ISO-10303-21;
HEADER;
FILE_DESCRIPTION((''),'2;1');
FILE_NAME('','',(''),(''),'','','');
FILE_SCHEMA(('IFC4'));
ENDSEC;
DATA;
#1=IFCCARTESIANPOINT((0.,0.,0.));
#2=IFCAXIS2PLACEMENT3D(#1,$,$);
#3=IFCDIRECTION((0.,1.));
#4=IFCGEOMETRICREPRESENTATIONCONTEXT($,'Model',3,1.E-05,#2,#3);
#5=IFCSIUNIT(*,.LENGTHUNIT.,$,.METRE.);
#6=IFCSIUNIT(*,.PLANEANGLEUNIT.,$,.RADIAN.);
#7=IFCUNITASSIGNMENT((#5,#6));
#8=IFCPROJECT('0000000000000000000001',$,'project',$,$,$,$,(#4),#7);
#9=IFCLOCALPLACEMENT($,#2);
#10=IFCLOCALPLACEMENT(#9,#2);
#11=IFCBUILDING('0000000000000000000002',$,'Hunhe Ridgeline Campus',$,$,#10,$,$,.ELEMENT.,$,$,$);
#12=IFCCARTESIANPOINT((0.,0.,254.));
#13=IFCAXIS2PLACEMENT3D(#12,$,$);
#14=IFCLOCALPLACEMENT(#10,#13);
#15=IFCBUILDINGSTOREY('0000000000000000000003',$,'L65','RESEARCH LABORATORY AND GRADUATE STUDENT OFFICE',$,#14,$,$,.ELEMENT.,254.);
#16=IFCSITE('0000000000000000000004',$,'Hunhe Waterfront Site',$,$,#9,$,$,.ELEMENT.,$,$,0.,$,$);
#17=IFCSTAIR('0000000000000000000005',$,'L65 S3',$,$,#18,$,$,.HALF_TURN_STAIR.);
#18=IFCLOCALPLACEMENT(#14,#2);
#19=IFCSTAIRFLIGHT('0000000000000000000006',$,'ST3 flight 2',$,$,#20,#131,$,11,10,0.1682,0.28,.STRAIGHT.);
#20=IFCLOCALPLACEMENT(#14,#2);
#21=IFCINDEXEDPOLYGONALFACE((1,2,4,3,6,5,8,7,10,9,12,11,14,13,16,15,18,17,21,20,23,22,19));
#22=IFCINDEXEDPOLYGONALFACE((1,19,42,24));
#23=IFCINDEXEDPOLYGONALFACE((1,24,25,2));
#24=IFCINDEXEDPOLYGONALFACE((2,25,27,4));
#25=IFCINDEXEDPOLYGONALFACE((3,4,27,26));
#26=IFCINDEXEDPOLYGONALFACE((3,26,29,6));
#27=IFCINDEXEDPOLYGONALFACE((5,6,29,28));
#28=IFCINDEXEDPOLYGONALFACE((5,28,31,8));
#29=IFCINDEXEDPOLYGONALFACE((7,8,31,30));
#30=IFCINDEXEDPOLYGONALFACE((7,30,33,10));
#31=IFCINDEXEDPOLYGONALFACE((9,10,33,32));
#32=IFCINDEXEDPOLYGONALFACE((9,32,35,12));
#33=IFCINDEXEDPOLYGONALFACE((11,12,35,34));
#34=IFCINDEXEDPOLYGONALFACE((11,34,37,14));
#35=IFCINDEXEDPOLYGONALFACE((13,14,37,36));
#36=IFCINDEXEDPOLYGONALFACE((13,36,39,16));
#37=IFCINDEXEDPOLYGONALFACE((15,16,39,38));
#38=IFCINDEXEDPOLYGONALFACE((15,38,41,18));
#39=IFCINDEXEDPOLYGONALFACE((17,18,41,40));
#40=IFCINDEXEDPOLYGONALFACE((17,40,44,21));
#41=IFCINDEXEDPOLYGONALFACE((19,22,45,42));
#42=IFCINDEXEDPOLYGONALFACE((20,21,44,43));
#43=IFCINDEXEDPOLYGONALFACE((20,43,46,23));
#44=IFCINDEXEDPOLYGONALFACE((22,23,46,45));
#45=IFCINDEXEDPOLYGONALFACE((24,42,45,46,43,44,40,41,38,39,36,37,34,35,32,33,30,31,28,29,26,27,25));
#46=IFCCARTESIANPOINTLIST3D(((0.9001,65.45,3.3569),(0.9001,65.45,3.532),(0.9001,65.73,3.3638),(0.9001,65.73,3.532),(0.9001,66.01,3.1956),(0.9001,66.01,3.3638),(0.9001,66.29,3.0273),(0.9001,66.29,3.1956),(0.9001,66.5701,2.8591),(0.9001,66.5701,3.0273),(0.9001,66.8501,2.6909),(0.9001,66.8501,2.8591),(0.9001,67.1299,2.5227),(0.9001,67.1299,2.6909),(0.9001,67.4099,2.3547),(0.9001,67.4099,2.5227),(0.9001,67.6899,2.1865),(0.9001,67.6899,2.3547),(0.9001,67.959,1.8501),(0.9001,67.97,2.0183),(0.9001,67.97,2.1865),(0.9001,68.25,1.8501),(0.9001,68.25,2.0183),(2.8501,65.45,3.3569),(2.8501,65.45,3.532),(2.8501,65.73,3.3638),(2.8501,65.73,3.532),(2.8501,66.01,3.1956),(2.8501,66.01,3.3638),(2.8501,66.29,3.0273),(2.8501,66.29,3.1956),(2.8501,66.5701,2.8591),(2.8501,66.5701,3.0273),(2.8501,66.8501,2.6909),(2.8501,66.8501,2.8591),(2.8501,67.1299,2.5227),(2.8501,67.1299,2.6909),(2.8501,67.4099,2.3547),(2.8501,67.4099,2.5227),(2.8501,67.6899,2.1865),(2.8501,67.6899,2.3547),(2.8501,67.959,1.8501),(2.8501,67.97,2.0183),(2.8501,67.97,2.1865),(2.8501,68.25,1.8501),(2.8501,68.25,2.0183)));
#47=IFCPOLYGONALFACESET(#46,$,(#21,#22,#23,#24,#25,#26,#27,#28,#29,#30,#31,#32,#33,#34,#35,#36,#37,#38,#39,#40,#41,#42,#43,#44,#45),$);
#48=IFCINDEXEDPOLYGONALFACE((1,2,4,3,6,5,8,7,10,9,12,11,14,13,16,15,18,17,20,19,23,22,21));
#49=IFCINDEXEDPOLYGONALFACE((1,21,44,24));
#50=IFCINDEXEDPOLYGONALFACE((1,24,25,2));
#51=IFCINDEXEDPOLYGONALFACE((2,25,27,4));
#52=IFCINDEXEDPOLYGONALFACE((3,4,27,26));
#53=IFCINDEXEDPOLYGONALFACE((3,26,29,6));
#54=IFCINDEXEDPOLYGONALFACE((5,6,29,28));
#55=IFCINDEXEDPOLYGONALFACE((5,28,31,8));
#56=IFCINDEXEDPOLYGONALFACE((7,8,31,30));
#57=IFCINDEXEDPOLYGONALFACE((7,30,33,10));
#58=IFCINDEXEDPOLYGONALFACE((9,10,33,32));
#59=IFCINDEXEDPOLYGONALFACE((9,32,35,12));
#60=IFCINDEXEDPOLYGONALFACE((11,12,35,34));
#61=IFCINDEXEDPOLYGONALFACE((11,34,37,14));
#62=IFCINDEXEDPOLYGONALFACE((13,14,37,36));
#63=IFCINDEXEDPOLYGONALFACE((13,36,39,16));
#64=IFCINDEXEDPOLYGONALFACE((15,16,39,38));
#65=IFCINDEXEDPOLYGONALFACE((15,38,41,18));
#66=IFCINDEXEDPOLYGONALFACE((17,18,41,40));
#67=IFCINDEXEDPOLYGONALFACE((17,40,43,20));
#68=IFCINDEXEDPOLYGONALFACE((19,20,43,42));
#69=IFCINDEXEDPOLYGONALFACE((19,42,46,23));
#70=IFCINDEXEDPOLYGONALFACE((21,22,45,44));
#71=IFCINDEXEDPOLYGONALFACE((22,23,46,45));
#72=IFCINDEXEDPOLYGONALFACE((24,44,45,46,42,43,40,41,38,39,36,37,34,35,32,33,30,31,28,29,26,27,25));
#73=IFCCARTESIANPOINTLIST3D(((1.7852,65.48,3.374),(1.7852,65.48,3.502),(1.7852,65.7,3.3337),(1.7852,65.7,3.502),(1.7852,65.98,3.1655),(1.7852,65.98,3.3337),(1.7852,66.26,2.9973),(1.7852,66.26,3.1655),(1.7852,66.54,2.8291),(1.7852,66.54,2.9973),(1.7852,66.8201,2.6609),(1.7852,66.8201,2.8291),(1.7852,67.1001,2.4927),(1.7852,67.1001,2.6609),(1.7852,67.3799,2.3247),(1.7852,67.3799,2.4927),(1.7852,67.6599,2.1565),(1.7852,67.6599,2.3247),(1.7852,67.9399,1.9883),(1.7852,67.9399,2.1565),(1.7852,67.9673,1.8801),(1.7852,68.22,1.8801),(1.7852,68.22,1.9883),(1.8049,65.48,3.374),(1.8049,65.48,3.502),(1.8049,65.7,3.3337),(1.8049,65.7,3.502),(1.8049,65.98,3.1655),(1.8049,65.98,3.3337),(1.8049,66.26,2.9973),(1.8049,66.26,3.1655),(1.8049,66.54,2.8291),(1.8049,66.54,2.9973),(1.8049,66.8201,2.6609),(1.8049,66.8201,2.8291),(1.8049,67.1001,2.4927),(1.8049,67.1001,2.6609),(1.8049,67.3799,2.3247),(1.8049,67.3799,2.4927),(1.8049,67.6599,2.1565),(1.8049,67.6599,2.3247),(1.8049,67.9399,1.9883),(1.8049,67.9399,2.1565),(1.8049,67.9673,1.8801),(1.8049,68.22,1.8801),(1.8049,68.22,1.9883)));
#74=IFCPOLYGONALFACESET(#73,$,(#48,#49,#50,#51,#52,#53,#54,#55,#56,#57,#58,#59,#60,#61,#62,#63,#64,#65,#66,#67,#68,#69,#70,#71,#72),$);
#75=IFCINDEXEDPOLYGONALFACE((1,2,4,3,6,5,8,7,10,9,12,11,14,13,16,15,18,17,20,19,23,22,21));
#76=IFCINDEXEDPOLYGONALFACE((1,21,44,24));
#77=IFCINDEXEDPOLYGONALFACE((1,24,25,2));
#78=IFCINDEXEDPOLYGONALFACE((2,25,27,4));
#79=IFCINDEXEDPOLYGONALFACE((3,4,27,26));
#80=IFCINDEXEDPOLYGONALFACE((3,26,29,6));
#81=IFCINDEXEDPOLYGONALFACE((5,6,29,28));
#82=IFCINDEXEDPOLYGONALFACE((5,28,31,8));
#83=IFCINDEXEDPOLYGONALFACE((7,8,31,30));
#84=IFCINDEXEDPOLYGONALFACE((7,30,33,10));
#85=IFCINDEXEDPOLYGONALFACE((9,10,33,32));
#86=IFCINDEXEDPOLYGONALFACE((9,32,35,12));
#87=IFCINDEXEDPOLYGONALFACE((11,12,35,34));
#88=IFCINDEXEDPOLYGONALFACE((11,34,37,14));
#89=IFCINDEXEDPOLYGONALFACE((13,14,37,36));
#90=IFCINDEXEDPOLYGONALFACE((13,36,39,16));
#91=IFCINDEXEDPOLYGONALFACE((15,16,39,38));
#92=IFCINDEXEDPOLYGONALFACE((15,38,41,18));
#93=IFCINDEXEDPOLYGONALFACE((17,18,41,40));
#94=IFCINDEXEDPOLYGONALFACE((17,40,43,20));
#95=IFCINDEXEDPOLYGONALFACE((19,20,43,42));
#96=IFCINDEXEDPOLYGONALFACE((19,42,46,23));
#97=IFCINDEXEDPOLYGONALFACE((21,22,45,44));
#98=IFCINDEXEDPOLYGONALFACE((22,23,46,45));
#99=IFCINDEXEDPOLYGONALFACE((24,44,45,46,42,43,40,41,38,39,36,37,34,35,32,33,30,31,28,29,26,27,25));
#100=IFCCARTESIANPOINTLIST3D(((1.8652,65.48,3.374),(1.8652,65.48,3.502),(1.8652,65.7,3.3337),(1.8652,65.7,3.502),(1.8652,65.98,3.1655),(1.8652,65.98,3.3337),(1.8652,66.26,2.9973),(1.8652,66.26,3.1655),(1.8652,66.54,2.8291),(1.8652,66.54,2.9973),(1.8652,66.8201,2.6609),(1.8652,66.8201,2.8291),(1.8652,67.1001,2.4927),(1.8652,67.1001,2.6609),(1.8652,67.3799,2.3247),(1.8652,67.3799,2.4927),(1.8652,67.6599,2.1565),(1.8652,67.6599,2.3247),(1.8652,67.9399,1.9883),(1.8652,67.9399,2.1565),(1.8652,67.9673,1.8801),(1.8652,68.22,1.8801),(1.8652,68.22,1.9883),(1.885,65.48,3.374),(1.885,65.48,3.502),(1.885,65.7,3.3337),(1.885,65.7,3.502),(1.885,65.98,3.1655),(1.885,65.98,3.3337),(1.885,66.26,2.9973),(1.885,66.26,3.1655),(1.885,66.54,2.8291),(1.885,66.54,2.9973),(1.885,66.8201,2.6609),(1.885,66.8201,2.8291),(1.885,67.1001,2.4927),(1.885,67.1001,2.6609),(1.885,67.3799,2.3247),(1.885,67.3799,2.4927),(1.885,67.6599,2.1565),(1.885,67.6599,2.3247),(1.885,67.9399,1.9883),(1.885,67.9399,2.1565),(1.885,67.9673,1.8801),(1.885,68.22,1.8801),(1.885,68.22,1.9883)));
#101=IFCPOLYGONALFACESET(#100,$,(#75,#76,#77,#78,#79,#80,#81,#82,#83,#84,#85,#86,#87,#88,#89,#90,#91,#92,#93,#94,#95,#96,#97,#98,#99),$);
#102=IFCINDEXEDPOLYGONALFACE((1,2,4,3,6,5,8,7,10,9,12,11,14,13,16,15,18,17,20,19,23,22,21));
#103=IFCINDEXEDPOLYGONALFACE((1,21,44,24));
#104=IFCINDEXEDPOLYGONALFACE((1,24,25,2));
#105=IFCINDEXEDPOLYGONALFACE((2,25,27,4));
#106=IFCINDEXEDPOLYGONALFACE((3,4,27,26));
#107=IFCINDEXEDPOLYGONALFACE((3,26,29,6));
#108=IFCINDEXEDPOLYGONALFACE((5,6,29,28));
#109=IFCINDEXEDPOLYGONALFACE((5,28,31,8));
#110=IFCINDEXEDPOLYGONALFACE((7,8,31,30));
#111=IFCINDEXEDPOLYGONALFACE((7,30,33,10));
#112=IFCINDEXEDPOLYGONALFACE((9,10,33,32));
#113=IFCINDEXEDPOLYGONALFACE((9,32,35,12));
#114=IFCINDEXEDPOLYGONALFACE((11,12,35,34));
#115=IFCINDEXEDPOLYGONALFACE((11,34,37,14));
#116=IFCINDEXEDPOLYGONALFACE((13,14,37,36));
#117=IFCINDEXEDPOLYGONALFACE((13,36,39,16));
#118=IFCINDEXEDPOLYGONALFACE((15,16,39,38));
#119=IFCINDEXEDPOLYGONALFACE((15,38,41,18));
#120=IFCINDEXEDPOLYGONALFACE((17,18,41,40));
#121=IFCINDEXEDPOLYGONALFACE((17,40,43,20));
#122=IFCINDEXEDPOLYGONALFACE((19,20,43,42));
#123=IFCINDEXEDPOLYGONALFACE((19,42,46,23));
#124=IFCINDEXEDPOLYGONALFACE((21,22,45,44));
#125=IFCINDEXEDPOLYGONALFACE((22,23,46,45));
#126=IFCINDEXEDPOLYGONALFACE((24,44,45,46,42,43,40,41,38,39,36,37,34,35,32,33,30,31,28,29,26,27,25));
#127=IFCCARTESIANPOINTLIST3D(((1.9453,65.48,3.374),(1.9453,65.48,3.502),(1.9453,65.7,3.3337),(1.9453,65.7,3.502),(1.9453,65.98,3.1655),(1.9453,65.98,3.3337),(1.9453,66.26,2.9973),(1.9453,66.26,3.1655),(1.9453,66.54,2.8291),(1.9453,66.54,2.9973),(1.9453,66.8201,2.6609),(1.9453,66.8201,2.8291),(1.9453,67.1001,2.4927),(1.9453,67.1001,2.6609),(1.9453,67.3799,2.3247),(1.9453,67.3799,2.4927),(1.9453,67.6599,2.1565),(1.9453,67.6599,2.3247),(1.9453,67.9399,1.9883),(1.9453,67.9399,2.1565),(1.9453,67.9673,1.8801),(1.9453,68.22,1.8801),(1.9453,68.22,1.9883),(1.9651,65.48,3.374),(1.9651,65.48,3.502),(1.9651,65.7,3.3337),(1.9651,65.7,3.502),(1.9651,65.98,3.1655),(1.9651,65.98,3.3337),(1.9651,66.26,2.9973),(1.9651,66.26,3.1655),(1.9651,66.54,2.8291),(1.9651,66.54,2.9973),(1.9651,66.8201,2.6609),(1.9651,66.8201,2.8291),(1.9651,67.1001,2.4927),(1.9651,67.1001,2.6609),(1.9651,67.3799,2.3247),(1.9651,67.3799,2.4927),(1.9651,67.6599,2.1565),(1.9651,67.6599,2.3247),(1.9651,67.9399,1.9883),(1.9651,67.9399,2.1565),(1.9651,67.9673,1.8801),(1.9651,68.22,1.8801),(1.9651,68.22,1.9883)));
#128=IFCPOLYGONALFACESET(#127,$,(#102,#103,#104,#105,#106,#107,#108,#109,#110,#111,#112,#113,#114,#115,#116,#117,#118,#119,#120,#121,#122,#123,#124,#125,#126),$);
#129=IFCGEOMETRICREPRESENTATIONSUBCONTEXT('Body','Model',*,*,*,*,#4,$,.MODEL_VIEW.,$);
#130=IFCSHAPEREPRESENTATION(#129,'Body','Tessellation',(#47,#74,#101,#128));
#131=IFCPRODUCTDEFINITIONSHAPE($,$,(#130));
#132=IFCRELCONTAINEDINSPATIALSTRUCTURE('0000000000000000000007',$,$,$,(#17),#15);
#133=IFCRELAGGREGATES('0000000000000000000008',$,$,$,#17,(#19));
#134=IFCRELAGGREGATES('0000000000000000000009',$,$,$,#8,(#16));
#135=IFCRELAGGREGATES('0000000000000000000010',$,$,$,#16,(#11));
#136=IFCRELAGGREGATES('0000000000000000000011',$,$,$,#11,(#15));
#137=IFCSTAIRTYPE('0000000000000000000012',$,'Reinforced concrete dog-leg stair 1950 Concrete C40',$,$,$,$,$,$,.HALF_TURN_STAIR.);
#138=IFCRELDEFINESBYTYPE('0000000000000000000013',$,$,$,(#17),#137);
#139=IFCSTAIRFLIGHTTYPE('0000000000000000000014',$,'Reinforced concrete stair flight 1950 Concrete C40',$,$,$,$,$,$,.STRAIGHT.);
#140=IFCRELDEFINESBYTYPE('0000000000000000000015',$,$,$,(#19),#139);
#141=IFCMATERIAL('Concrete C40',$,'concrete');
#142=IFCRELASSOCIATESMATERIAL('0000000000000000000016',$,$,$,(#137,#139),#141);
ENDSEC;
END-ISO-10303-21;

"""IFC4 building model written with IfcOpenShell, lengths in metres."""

from ifc_helpers import new_model, si_unit, direction, frame, origin, place, context, subcontext, project, spatial, polyline, outline, extrude, material, type_object, element, aggregate, save


model = new_model("IFC4")

# Units and contexts
model_context = context("Model", 3, precision=1e-05, world=origin(), true_north=direction((0.0, 1.0)))
body_context = subcontext(model_context, "Body", "Model", "MODEL_VIEW")
ifc_project = project(units=[si_unit("LENGTHUNIT", "METRE"), si_unit("PLANEANGLEUNIT", "RADIAN")], contexts=[model_context])

# Site, building, storey
site_placement = place(None, origin())
site = spatial("IfcSite", under=ifc_project, at=site_placement, Name="Hunhe Waterfront Site", CompositionType="ELEMENT", RefElevation=0.0)
building_placement = place(site_placement, origin())
building = spatial("IfcBuilding", under=site, at=building_placement, Name="Hunhe Ridgeline Campus", CompositionType="ELEMENT")
storey_placement = place(building_placement, frame((0.0, 0.0, 254.0)))
storey = spatial("IfcBuildingStorey", under=building, at=storey_placement, Name="L65", Description="RESEARCH LABORATORY AND GRADUATE STUDENT OFFICE", CompositionType="ELEMENT", Elevation=254.0)

# Stair, stair flight
ifc_material_1 = material(Name="Concrete C40", Category="concrete")
stair_type = type_object("IfcStairType", Name="Reinforced concrete dog-leg stair 1950 Concrete C40", PredefinedType="HALF_TURN_STAIR", material=ifc_material_1)
stair_1_placement = place(storey_placement, origin())
stair_1 = element("IfcStair", 1, at=stair_1_placement, inside=storey, type_object=stair_type, Name="L65 S3", PredefinedType="HALF_TURN_STAIR")
stair_flight_type = type_object("IfcStairFlightType", Name="Reinforced concrete stair flight 1950 Concrete C40", PredefinedType="STRAIGHT", material=ifc_material_1)
stair_flight_1_placement = place(storey_placement, frame((1.875, 68.25, 1.8501), z_axis=(0.0, 0.0, 1.0), x_axis=(0.0, -1.0, 0.0)))
stair_flight_1 = element("IfcStairFlight", 2, at=stair_flight_1_placement, type_object=stair_flight_type, Name="ST3 flight 2", NumberOfRisers=11, NumberOfTreads=10, PredefinedType="STRAIGHT", RiserHeight=0.1682, TreadLength=0.28, context=body_context, shape_type="SweptSolid", body=[
    extrude(outline(polyline([(0.0, 0.0), (0.0, 0.1682), (0.28, 0.1682), (0.28, 0.3364), (0.5601, 0.3364), (0.5601, 0.5046), (0.8401, 0.5046), (0.8401, 0.6726), (1.1201, 0.6726), (1.1201, 0.8408), (1.3999, 0.8408), (1.3999, 1.009), (1.6799, 1.009), (1.6799, 1.1772), (1.96, 1.1772), (1.96, 1.3455), (2.24, 1.3455), (2.24, 1.5137), (2.52, 1.5137), (2.52, 1.6819), (2.8, 1.6819), (2.8, 1.8501), (2.8, 1.5068), (0.291, 0.0), (0.0, 0.0)])), frame((0.0, 0.9751, 0.0), z_axis=(0.0, -1.0, 0.0), x_axis=(1.0, 0.0, 0.0)), (0.0, 0.0, 1.0), 1.95),
    extrude(outline(polyline([(0.03, 0.03), (0.03, 0.1382), (0.3101, 0.1382), (0.3101, 0.3064), (0.5901, 0.3064), (0.5901, 0.4746), (0.8701, 0.4746), (0.8701, 0.6426), (1.1499, 0.6426), (1.1499, 0.8108), (1.4299, 0.8108), (1.4299, 0.979), (1.71, 0.979), (1.71, 1.1472), (1.99, 1.1472), (1.99, 1.3154), (2.27, 1.3154), (2.27, 1.4836), (2.55, 1.4836), (2.55, 1.6519), (2.77, 1.6519), (2.77, 1.5239), (0.2827, 0.03), (0.03, 0.03)])), frame((0.0, -0.0701, 0.0), z_axis=(0.0, -1.0, 0.0), x_axis=(1.0, 0.0, 0.0)), (0.0, 0.0, 1.0), 0.0198),
    extrude(outline(polyline([(0.03, 0.03), (0.03, 0.1382), (0.3101, 0.1382), (0.3101, 0.3064), (0.5901, 0.3064), (0.5901, 0.4746), (0.8701, 0.4746), (0.8701, 0.6426), (1.1499, 0.6426), (1.1499, 0.8108), (1.4299, 0.8108), (1.4299, 0.979), (1.71, 0.979), (1.71, 1.1472), (1.99, 1.1472), (1.99, 1.3154), (2.27, 1.3154), (2.27, 1.4836), (2.55, 1.4836), (2.55, 1.6519), (2.77, 1.6519), (2.77, 1.5239), (0.2827, 0.03), (0.03, 0.03)])), frame((0.0, 0.01, 0.0), z_axis=(0.0, -1.0, 0.0), x_axis=(1.0, 0.0, 0.0)), (0.0, 0.0, 1.0), 0.0198),
    extrude(outline(polyline([(0.03, 0.03), (0.03, 0.1382), (0.3101, 0.1382), (0.3101, 0.3064), (0.5901, 0.3064), (0.5901, 0.4746), (0.8701, 0.4746), (0.8701, 0.6426), (1.1499, 0.6426), (1.1499, 0.8108), (1.4299, 0.8108), (1.4299, 0.979), (1.71, 0.979), (1.71, 1.1472), (1.99, 1.1472), (1.99, 1.3154), (2.27, 1.3154), (2.27, 1.4836), (2.55, 1.4836), (2.55, 1.6519), (2.77, 1.6519), (2.77, 1.5239), (0.2827, 0.03), (0.03, 0.03)])), frame((0.0, 0.0901, 0.0), z_axis=(0.0, -1.0, 0.0), x_axis=(1.0, 0.0, 0.0)), (0.0, 0.0, 1.0), 0.0198),
])
aggregate(stair_1, [stair_flight_1])

save(model, "model.ifc")
